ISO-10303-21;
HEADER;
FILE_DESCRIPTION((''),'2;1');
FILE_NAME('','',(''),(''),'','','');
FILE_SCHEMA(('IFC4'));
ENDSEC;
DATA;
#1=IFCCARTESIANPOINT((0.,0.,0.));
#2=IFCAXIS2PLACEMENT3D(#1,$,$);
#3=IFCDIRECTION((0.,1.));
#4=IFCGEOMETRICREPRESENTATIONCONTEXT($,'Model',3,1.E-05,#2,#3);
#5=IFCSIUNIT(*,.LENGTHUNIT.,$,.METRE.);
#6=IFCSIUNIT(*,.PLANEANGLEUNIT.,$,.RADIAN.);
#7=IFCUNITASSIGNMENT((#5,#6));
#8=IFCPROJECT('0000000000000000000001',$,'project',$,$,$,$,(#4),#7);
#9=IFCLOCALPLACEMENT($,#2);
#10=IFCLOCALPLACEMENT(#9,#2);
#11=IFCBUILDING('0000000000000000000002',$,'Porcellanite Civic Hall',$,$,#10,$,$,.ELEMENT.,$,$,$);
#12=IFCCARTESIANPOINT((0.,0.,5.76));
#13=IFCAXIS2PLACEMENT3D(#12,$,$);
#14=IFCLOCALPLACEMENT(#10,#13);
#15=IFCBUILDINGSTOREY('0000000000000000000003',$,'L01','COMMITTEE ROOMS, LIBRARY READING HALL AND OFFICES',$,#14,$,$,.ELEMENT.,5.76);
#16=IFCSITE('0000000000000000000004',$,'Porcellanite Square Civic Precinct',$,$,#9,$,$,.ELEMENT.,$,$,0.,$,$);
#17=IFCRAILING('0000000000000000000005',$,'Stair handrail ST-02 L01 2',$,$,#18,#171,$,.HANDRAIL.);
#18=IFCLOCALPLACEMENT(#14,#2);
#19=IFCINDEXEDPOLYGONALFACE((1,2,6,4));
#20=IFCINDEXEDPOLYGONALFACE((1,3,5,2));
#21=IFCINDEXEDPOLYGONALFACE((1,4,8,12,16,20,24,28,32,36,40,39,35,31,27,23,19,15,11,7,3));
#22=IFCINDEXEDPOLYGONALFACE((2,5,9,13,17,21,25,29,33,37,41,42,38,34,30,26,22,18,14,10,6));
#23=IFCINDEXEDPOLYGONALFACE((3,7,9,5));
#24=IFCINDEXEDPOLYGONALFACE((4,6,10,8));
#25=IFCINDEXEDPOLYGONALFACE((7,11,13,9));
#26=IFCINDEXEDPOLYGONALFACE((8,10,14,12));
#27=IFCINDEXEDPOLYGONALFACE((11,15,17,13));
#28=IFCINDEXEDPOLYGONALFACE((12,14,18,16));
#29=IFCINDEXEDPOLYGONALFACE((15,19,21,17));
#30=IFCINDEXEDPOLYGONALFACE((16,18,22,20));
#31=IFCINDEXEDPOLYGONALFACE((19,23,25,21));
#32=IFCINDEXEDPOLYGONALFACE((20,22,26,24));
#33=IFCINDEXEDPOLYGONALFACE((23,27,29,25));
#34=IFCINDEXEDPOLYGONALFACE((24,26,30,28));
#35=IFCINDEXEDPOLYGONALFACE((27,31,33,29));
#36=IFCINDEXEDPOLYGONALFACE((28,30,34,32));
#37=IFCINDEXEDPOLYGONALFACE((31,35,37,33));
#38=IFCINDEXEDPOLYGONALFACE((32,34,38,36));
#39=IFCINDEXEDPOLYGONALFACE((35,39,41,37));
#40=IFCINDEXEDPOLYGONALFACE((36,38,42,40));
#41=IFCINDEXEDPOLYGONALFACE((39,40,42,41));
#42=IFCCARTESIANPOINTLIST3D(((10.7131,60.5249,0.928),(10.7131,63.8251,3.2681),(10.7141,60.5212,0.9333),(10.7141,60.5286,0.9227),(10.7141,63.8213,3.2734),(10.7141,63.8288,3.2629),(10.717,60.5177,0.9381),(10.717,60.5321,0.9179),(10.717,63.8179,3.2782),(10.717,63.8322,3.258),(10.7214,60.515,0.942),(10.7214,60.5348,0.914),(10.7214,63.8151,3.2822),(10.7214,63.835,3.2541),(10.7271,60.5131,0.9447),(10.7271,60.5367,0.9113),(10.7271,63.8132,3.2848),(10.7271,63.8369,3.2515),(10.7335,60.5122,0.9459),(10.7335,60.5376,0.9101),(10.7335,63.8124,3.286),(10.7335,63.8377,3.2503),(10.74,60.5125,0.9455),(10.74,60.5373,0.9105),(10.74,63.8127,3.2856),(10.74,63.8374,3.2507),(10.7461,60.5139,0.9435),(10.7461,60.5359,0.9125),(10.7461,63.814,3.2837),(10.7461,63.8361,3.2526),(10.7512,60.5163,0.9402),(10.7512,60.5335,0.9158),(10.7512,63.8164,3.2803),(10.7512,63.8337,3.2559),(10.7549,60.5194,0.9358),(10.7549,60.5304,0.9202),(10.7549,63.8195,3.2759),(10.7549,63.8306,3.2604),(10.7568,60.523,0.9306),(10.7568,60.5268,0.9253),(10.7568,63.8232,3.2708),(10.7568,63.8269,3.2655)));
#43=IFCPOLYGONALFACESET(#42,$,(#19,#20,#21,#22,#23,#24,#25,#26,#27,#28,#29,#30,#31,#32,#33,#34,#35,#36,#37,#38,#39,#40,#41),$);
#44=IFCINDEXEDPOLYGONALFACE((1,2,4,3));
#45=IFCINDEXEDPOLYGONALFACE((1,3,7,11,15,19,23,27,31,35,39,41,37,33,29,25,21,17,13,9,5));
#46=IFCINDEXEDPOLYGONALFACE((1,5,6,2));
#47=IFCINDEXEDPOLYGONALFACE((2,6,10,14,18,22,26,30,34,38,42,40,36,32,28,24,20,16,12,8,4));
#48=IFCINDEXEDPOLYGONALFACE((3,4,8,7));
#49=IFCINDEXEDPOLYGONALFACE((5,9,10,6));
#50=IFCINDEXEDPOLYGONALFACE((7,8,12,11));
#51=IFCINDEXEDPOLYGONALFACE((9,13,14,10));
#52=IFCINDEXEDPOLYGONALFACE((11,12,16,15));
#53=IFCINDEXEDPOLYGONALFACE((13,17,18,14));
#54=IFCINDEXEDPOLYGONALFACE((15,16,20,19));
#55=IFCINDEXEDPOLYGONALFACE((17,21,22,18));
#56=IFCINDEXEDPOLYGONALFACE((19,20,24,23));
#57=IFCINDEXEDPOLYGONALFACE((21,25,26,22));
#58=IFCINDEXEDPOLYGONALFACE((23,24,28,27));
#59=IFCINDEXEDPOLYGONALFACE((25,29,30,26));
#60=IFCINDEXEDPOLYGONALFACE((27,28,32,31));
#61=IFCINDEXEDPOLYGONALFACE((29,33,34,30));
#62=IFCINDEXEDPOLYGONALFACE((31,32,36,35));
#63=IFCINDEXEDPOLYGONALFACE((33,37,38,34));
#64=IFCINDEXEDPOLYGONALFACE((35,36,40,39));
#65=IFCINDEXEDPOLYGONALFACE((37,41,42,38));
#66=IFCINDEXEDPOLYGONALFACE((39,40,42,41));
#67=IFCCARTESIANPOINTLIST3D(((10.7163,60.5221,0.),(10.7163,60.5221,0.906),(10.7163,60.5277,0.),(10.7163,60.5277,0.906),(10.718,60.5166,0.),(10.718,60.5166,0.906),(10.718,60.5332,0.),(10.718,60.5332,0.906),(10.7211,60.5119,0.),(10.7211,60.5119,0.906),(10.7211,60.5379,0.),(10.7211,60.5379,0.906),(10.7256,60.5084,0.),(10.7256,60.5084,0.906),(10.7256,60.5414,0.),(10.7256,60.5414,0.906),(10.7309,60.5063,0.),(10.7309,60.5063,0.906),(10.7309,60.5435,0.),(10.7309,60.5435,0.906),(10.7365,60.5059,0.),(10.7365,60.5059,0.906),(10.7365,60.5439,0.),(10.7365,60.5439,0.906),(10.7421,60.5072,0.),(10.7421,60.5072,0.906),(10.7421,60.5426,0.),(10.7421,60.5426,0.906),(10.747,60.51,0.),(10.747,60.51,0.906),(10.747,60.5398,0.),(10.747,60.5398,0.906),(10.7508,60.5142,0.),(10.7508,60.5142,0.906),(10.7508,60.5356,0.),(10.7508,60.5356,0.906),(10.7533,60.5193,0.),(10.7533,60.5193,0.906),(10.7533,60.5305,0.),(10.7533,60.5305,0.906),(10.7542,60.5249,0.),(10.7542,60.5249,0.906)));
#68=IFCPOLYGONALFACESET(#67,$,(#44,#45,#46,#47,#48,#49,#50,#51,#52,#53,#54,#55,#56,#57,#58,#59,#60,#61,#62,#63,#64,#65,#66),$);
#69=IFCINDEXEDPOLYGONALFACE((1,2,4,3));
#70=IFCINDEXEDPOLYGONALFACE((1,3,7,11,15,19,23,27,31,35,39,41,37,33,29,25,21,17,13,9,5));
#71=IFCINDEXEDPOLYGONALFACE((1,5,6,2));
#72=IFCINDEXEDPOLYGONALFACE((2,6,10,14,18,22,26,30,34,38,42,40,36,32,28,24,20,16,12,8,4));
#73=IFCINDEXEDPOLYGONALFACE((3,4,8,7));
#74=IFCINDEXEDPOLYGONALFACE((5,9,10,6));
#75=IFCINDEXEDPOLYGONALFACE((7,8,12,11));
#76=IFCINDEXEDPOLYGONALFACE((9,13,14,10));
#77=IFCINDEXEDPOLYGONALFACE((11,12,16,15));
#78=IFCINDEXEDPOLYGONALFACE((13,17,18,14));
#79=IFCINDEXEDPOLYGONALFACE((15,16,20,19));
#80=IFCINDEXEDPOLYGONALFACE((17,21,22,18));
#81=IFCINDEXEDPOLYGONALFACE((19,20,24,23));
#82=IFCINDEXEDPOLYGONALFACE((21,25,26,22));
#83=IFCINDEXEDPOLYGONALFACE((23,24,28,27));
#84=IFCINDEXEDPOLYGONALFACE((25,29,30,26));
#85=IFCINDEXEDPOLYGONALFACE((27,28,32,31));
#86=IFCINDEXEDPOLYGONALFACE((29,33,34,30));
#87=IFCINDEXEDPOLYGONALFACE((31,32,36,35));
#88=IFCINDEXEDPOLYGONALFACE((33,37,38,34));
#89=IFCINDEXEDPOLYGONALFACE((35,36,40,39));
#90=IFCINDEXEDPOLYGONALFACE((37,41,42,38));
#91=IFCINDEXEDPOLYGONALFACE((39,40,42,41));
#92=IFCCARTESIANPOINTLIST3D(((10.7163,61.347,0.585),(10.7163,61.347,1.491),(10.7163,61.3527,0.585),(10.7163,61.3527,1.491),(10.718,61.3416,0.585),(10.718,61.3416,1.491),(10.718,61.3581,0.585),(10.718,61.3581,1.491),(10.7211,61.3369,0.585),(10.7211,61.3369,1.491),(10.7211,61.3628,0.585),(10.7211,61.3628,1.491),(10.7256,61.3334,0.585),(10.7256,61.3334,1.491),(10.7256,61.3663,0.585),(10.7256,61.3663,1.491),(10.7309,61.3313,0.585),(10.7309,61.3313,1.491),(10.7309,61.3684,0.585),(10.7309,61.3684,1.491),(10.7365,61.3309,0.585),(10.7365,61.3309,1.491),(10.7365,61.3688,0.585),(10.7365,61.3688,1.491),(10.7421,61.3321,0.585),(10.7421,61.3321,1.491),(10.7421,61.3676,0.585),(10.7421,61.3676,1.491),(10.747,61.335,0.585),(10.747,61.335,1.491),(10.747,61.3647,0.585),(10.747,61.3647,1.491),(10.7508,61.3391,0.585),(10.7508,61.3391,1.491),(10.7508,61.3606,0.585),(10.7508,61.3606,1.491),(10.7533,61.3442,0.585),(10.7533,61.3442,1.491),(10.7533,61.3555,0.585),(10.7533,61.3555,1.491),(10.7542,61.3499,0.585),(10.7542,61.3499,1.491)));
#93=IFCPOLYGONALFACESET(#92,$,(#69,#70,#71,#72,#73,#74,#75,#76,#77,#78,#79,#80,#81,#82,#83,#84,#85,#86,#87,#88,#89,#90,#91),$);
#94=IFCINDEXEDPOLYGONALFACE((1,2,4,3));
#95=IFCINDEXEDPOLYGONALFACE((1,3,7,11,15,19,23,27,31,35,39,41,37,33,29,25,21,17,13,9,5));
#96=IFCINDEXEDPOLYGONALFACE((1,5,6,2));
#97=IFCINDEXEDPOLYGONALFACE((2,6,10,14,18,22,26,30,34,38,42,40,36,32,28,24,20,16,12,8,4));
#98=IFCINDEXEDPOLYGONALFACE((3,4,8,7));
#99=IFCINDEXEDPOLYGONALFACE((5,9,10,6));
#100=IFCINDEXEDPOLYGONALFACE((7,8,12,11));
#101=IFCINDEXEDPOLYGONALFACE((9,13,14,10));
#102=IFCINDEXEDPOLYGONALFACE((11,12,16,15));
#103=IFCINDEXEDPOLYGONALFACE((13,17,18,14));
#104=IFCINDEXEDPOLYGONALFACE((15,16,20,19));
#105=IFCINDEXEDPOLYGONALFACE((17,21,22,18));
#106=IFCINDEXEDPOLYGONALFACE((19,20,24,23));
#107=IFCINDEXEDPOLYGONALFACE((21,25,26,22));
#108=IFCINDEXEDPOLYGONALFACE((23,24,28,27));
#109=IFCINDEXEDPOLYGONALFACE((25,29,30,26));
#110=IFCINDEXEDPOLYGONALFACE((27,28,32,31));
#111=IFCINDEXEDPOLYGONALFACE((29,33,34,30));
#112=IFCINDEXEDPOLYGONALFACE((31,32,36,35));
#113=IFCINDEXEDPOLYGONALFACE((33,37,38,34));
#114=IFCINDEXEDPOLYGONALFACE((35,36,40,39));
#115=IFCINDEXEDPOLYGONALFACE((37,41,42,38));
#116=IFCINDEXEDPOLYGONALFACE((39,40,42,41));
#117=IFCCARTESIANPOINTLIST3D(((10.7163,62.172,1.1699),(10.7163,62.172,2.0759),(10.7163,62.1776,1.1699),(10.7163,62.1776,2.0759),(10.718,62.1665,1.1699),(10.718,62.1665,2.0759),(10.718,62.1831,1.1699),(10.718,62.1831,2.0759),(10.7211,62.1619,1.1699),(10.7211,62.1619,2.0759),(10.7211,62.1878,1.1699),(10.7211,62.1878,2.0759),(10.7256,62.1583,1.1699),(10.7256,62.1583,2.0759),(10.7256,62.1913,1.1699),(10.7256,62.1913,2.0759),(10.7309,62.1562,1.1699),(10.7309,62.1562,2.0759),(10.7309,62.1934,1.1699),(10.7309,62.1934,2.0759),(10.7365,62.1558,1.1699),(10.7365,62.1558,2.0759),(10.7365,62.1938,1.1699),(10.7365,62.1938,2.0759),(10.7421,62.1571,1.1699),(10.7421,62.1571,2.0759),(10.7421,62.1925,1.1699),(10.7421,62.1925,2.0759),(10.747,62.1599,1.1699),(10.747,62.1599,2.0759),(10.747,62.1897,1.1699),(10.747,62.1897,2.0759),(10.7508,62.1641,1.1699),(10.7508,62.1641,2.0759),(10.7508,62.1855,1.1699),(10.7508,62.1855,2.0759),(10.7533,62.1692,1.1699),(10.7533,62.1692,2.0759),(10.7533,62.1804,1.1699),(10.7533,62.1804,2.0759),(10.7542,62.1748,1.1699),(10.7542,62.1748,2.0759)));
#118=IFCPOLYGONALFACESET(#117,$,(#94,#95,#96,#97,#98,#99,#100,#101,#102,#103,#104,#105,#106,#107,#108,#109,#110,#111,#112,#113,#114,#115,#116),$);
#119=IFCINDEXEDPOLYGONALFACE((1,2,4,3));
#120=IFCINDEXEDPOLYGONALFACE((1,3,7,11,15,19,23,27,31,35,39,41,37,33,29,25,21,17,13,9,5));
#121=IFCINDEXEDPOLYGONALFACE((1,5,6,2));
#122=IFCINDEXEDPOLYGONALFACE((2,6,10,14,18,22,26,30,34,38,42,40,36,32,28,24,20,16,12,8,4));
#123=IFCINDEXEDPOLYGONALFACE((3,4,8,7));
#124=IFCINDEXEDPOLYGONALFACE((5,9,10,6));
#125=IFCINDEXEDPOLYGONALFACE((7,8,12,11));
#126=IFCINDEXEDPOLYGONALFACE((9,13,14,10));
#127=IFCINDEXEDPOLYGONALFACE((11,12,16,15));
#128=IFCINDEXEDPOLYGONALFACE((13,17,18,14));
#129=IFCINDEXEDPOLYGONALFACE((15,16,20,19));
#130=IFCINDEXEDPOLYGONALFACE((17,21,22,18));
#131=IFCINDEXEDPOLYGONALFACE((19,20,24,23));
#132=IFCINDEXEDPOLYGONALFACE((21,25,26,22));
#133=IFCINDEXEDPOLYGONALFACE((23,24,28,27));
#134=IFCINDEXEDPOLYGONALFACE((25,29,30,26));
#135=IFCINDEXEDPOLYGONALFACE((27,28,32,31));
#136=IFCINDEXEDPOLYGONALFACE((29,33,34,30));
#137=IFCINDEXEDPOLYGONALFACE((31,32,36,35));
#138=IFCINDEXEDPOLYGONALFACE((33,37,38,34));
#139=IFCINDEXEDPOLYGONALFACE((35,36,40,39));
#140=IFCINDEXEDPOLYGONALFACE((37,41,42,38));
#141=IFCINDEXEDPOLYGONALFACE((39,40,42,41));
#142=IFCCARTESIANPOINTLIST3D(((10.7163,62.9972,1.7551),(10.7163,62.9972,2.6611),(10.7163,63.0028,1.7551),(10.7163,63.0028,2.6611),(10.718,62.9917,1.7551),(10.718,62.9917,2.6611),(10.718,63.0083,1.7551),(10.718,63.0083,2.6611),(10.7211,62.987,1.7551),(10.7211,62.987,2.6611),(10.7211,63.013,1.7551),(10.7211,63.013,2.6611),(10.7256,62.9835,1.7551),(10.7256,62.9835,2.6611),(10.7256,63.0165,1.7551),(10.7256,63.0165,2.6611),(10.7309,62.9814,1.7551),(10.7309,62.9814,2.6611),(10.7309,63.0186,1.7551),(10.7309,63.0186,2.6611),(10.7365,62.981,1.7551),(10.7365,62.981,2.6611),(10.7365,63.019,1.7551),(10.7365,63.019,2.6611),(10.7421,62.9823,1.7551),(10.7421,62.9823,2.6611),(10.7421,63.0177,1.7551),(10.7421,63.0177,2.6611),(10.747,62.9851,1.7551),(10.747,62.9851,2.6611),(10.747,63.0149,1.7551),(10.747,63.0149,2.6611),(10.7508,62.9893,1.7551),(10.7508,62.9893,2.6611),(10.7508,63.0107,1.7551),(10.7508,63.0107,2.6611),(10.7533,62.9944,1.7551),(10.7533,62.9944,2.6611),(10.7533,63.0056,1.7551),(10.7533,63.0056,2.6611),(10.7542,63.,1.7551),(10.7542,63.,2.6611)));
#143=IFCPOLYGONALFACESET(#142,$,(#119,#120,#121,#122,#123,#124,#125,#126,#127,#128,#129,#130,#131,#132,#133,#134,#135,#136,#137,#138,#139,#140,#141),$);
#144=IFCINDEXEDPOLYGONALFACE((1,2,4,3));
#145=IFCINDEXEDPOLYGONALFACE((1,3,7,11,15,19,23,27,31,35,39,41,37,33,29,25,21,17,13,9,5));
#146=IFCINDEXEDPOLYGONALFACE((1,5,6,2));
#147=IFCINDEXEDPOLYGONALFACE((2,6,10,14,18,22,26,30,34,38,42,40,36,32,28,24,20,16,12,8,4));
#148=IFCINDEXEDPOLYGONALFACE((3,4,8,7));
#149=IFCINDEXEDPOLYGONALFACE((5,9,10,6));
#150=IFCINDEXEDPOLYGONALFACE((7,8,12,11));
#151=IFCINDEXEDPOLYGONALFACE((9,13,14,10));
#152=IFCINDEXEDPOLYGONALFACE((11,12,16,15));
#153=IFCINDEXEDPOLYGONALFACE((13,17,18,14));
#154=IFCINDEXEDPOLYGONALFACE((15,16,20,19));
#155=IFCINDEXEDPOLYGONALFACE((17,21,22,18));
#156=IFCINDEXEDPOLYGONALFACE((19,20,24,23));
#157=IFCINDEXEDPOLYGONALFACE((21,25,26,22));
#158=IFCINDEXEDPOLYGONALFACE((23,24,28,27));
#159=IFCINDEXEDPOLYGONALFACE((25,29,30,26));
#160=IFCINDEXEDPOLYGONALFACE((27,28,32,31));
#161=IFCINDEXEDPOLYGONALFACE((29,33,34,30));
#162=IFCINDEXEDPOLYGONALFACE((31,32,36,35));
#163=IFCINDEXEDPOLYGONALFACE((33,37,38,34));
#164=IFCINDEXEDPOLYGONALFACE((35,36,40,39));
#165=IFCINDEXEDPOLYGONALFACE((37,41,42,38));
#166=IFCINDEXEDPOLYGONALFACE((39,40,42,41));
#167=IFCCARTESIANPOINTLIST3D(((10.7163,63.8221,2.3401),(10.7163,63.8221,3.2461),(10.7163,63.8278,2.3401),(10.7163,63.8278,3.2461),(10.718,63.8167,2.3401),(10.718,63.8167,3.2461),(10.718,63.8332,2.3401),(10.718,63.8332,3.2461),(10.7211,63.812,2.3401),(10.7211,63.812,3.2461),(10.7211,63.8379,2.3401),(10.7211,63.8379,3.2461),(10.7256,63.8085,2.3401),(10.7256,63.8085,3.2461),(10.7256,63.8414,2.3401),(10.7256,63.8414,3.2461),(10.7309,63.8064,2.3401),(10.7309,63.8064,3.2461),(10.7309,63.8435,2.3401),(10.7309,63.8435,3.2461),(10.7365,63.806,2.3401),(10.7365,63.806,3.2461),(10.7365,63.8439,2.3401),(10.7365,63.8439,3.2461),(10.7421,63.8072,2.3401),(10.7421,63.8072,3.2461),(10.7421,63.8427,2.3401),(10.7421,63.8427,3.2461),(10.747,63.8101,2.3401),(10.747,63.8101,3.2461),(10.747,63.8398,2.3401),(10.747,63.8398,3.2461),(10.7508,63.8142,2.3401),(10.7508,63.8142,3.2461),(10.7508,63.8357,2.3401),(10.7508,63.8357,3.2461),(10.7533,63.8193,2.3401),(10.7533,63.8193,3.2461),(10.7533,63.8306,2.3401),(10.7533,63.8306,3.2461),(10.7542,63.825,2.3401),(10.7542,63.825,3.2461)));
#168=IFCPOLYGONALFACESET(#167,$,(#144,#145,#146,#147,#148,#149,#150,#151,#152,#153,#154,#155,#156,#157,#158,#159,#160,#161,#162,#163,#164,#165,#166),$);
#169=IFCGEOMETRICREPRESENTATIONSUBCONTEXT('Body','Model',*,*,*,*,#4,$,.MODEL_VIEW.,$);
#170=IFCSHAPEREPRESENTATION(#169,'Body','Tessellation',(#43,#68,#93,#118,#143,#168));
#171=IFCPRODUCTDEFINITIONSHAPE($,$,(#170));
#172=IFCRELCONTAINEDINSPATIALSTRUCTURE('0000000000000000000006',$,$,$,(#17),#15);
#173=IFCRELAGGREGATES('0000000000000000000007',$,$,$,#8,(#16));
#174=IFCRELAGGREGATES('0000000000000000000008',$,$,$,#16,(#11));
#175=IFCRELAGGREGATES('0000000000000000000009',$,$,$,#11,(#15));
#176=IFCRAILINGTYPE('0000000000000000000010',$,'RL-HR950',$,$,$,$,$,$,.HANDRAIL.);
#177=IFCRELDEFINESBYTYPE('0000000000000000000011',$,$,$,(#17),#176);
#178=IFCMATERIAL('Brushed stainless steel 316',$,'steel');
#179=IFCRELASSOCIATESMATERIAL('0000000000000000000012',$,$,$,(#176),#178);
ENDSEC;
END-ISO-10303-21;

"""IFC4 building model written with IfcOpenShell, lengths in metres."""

from ifc_helpers import new_model, si_unit, direction, frame, origin, origin_2d, place, context, subcontext, project, spatial, circle, extrude, material, type_object, element, save


model = new_model("IFC4")

# Units and contexts
model_context = context("Model", 3, precision=1e-05, world=origin(), true_north=direction((0.0, 1.0)))
body_context = subcontext(model_context, "Body", "Model", "MODEL_VIEW")
ifc_project = project(units=[si_unit("LENGTHUNIT", "METRE"), si_unit("PLANEANGLEUNIT", "RADIAN")], contexts=[model_context])

# Site, building, storey
site_placement = place(None, origin())
site = spatial("IfcSite", under=ifc_project, at=site_placement, Name="Porcellanite Square Civic Precinct", CompositionType="ELEMENT", RefElevation=0.0)
building_placement = place(site_placement, origin())
building = spatial("IfcBuilding", under=site, at=building_placement, Name="Porcellanite Civic Hall", CompositionType="ELEMENT")
storey_placement = place(building_placement, frame((0.0, 0.0, 5.76)))
storey = spatial("IfcBuildingStorey", under=building, at=storey_placement, Name="L01", Description="COMMITTEE ROOMS, LIBRARY READING HALL AND OFFICES", CompositionType="ELEMENT", Elevation=5.76)

# Railing
ifc_material_1 = material(Name="Brushed stainless steel 316", Category="steel")
railing_type_1 = type_object("IfcRailingType", Name="RL-HR950", PredefinedType="HANDRAIL", material=ifc_material_1)
railing_1_placement = place(storey_placement, frame((10.7351, 60.5249, 0.0)))
element("IfcRailing", 1, at=railing_1_placement, inside=storey, type_object=railing_type_1, Name="Stair handrail ST-02 L01 2", PredefinedType="HANDRAIL", context=body_context, shape_type="SweptSolid", body=[
    extrude(circle(Radius=0.022, at=origin_2d()), frame((0.0, 0.0, 0.928), z_axis=(0.0, 0.815727, 0.578438), x_axis=(-1.0, 0.0, 0.0)), (0.0, 0.0, 1.0), 4.0457),
    extrude(circle(Radius=0.019, at=origin_2d()), origin(), (0.0, 0.0, 1.0), 0.906),
    extrude(circle(Radius=0.019, at=origin_2d()), frame((0.0, 0.825, 0.585)), (0.0, 0.0, 1.0), 0.906),
    extrude(circle(Radius=0.019, at=origin_2d()), frame((0.0, 1.6499, 1.1699)), (0.0, 0.0, 1.0), 0.906),
    extrude(circle(Radius=0.019, at=origin_2d()), frame((0.0, 2.4751, 1.7551)), (0.0, 0.0, 1.0), 0.906),
    extrude(circle(Radius=0.019, at=origin_2d()), frame((0.0, 3.3, 2.3401)), (0.0, 0.0, 1.0), 0.906),
])

save(model, "model.ifc")
